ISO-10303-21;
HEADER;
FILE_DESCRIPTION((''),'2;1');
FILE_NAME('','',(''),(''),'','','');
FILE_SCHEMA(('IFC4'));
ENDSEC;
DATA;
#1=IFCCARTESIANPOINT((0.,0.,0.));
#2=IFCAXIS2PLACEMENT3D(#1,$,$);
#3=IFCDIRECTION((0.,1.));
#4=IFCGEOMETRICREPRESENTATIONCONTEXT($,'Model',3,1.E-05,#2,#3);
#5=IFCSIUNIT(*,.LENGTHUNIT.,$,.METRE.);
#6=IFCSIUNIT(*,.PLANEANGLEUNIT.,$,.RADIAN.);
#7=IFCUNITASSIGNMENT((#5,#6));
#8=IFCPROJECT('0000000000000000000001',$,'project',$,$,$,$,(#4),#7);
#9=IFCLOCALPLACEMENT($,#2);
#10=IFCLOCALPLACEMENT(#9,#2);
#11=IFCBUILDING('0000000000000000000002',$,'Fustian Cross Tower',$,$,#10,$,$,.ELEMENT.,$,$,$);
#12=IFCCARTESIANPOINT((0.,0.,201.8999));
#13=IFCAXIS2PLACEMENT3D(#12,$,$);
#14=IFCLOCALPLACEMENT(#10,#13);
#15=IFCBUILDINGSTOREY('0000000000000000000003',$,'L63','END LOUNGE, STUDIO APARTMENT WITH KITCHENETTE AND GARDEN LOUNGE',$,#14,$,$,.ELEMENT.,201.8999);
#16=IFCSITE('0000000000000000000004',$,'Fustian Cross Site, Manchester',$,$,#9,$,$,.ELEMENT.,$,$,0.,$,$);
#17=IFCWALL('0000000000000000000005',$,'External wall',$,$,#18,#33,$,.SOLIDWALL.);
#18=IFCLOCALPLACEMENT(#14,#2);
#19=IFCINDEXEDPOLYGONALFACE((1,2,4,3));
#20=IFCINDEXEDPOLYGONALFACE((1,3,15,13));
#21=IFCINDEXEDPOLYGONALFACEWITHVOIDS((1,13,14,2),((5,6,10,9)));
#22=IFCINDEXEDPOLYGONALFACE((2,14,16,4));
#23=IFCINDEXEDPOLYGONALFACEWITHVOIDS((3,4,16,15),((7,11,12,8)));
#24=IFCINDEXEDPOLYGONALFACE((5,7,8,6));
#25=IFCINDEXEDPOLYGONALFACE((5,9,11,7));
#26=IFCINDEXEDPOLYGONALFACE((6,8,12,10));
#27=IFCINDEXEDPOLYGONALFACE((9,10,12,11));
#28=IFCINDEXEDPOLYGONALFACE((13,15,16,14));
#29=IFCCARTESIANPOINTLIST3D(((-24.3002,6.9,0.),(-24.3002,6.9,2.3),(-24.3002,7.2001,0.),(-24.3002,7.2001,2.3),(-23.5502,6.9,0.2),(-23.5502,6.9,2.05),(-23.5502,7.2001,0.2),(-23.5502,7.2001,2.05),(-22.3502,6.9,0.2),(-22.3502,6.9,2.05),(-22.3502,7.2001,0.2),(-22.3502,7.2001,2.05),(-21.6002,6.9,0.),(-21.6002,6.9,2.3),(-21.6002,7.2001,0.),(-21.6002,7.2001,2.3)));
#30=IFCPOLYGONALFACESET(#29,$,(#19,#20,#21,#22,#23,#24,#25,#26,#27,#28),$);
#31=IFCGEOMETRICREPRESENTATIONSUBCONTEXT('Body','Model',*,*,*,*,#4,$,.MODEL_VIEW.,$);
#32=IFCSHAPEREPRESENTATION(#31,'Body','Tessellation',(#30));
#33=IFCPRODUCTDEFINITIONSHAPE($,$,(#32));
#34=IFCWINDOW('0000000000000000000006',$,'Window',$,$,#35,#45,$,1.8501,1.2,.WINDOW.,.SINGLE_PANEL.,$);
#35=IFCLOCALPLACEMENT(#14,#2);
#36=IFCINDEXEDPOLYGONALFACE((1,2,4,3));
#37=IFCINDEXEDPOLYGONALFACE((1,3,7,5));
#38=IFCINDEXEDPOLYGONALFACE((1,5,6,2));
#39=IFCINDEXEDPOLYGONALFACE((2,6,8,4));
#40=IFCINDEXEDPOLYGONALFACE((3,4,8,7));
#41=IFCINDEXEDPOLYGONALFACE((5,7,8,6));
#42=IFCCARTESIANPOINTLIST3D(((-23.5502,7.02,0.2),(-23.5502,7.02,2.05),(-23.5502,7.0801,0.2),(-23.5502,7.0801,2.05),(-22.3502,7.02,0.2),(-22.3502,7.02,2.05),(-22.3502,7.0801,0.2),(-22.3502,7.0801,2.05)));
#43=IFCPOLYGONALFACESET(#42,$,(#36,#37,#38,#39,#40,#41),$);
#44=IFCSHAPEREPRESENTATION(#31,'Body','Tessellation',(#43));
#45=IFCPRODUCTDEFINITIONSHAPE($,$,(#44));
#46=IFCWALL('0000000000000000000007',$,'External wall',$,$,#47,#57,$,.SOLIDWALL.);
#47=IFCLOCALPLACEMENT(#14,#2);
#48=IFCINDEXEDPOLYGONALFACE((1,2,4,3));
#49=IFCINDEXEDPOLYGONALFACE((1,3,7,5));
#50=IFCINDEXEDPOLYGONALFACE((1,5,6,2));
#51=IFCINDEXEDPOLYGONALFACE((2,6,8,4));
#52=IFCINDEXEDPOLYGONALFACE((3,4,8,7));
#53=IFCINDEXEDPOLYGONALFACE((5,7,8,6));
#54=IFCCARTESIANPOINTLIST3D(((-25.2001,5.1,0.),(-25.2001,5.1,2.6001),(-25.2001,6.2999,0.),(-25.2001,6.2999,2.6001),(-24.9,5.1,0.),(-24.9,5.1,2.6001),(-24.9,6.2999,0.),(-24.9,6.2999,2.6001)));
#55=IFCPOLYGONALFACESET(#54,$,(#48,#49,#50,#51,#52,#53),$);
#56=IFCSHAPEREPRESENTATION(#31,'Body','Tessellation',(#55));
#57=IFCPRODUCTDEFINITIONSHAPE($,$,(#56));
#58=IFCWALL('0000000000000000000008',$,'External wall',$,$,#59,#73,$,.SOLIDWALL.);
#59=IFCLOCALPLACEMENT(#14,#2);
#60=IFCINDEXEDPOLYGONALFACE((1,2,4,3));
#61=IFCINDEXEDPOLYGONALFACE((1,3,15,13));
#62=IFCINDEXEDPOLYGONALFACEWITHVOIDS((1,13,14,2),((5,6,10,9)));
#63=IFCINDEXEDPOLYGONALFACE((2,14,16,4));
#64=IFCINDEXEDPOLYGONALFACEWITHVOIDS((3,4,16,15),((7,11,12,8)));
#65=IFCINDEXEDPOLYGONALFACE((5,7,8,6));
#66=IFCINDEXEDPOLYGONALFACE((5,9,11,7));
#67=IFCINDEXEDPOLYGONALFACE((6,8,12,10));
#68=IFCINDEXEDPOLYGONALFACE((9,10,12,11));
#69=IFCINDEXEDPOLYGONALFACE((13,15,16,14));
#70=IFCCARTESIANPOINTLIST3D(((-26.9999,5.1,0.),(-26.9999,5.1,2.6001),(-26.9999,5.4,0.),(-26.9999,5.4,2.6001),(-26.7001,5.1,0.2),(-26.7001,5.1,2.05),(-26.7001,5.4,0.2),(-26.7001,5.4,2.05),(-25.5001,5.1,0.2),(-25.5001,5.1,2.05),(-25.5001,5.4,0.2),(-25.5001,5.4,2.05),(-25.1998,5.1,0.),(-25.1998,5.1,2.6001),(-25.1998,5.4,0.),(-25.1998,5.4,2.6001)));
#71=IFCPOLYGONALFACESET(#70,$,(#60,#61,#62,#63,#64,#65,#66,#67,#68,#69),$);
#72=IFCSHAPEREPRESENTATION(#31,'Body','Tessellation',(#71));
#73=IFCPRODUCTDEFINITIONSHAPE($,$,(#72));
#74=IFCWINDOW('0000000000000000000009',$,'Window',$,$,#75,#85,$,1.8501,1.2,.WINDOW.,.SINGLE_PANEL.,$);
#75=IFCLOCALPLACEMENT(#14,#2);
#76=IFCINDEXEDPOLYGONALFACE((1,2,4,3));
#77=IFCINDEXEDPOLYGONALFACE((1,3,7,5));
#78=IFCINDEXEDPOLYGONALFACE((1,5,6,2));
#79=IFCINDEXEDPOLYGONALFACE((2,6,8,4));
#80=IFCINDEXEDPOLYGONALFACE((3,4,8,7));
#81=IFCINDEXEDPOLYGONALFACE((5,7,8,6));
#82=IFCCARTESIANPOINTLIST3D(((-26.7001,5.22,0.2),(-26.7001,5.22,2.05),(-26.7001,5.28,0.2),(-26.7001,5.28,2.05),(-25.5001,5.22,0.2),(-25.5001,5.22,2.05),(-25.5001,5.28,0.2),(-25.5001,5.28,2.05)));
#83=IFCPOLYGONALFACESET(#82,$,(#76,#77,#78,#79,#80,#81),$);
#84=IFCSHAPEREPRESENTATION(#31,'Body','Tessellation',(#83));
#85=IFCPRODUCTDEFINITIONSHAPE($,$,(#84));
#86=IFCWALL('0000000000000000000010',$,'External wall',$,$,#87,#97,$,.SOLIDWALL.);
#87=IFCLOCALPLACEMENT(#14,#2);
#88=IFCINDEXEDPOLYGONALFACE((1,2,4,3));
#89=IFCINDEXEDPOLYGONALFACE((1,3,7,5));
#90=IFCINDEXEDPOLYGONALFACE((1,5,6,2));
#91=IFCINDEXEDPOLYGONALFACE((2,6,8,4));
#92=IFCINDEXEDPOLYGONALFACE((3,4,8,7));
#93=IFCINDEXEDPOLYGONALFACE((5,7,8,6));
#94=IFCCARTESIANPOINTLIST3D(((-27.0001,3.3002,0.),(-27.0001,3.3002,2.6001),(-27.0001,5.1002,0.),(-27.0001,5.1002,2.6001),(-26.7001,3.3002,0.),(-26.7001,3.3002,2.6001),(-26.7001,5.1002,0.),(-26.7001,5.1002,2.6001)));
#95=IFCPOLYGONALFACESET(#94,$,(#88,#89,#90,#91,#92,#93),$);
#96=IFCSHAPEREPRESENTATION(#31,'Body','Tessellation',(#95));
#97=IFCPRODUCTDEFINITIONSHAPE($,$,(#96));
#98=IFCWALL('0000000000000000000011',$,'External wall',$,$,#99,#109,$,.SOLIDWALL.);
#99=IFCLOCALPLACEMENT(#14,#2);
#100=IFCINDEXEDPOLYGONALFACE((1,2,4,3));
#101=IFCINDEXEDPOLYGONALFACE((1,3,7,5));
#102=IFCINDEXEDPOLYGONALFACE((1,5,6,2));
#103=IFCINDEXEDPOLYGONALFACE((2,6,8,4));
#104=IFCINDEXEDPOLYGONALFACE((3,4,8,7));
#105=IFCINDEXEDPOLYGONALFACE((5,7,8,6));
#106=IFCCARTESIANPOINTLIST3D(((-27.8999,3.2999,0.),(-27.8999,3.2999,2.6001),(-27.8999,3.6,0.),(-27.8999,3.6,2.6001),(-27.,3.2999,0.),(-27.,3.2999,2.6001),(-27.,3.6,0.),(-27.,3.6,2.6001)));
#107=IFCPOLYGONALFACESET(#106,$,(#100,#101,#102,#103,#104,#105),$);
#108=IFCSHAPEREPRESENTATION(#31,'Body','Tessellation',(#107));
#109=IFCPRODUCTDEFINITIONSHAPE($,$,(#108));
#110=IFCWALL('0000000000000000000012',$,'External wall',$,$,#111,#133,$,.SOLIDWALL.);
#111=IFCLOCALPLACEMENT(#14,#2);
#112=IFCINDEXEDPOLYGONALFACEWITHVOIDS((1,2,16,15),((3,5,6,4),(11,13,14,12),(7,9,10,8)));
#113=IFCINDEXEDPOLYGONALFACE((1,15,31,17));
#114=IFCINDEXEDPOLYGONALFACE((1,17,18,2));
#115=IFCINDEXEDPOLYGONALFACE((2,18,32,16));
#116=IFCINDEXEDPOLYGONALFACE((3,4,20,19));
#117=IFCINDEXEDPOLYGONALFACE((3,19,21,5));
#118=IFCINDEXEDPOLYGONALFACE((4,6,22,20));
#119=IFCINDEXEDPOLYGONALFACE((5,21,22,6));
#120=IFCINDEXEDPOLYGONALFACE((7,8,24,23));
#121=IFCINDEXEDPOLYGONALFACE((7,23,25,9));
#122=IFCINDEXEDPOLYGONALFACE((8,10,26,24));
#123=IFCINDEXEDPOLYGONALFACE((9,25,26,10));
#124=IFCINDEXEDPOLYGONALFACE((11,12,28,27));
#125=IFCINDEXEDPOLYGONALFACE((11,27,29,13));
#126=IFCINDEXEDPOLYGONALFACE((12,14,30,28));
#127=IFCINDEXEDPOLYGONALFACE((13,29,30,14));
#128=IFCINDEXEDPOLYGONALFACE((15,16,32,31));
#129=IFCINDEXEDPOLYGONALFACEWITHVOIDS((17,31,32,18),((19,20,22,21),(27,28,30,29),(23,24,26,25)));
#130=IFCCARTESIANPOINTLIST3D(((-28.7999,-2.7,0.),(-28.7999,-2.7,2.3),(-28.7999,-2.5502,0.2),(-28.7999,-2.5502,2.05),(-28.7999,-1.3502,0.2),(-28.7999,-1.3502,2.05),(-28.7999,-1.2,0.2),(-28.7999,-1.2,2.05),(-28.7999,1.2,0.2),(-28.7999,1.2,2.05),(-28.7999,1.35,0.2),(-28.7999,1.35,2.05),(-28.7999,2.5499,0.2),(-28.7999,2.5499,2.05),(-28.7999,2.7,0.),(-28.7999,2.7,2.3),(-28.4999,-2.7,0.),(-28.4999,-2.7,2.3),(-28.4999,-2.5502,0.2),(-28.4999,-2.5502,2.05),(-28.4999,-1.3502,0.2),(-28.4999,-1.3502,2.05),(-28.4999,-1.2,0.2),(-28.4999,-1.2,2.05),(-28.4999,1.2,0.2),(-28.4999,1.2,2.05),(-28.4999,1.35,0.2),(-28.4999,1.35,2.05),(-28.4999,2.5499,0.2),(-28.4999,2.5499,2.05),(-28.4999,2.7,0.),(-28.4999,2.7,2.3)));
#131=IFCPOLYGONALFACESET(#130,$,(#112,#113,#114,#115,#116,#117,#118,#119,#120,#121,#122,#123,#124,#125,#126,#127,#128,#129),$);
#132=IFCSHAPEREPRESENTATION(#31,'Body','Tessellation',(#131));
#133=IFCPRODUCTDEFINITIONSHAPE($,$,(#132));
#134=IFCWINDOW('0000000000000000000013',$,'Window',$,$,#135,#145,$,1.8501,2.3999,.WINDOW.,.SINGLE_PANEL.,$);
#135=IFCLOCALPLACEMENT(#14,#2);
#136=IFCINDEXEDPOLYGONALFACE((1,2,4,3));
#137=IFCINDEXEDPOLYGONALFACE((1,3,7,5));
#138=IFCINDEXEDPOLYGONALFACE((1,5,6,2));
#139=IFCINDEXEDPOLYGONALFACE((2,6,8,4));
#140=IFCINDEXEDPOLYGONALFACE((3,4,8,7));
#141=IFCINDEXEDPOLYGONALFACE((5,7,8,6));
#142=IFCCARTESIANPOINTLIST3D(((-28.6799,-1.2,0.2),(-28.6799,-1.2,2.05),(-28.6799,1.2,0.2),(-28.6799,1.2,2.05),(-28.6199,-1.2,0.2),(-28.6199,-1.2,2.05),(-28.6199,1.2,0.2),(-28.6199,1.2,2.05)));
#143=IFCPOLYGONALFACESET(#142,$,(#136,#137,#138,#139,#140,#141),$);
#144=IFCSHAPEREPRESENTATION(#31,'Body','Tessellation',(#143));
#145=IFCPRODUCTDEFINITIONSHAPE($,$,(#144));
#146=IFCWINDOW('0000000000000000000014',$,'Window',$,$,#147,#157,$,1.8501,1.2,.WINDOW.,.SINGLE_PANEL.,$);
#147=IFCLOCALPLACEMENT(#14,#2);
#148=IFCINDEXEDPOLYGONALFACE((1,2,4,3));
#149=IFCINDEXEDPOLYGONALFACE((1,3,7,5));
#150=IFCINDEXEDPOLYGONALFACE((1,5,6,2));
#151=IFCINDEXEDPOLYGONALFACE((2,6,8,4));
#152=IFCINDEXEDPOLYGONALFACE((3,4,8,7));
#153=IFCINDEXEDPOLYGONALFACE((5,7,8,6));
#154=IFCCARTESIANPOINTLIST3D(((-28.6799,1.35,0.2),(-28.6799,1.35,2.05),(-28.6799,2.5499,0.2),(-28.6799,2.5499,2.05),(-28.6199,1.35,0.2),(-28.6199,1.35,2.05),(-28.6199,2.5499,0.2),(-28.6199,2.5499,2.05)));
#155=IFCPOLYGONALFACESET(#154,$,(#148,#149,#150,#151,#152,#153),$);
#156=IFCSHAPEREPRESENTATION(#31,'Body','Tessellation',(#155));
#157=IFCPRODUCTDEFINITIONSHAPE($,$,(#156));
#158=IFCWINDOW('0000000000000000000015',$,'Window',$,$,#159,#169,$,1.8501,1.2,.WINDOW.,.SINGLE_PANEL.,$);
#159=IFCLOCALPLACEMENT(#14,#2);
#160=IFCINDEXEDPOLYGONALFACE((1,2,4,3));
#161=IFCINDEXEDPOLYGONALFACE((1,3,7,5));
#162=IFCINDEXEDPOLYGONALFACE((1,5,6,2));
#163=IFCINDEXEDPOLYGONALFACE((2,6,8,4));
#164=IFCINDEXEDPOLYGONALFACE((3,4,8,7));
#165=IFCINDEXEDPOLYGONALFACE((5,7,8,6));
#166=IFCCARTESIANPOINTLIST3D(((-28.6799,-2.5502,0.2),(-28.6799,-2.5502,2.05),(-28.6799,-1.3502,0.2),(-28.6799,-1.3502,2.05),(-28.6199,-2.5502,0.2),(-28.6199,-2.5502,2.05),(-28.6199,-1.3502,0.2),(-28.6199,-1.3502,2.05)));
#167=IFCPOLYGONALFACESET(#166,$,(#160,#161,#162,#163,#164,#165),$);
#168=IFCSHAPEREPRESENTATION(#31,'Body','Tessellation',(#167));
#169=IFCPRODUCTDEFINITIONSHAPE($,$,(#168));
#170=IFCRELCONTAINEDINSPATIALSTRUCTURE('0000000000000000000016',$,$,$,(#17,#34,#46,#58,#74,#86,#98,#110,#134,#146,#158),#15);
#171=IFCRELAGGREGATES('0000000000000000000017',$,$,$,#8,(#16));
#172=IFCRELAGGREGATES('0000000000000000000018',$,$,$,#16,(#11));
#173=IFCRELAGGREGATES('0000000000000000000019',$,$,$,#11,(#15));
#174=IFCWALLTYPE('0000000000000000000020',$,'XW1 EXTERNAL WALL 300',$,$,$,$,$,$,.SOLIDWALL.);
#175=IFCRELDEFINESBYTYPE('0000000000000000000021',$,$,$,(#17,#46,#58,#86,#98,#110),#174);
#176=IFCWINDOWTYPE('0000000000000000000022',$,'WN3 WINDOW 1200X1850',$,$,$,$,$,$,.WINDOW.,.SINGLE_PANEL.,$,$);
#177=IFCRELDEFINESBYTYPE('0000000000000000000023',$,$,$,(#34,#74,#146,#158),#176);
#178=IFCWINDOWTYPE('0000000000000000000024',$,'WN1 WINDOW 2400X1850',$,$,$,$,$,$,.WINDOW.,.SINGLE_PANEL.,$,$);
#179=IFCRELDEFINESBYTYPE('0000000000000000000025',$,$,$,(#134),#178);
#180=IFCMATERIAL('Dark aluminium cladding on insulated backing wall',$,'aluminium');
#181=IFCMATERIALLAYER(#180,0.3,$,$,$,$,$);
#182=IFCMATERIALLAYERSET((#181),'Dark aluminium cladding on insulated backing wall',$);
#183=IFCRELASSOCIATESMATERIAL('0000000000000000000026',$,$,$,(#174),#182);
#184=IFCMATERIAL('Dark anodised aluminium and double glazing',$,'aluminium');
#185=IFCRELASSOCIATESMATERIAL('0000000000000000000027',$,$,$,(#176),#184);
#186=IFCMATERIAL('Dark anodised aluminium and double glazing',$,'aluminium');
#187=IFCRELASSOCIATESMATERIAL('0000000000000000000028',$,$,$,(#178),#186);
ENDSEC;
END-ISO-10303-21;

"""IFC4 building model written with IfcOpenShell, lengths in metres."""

from ifc_helpers import new_model, si_unit, direction, frame, frame_2d, origin, place, context, subcontext, project, spatial, rectangle, extrude, material, layer, layer_set, type_object, element, fill, save


model = new_model("IFC4")

# Units and contexts
model_context = context("Model", 3, precision=1e-05, world=origin(), true_north=direction((0.0, 1.0)))
body_context = subcontext(model_context, "Body", "Model", "MODEL_VIEW")
ifc_project = project(units=[si_unit("LENGTHUNIT", "METRE"), si_unit("PLANEANGLEUNIT", "RADIAN")], contexts=[model_context])

# Site, building, storey
site_placement = place(None, origin())
site = spatial("IfcSite", under=ifc_project, at=site_placement, Name="Fustian Cross Site, Manchester", CompositionType="ELEMENT", RefElevation=0.0)
building_placement = place(site_placement, origin())
building = spatial("IfcBuilding", under=site, at=building_placement, Name="Fustian Cross Tower", CompositionType="ELEMENT")
storey_placement = place(building_placement, frame((0.0, 0.0, 201.8999)))
storey = spatial("IfcBuildingStorey", under=building, at=storey_placement, Name="L63", Description="END LOUNGE, STUDIO APARTMENT WITH KITCHENETTE AND GARDEN LOUNGE", CompositionType="ELEMENT", Elevation=201.8999)

# Wall, opening, window
ifc_material_1 = material(Name="Dark aluminium cladding on insulated backing wall", Category="aluminium")
ifc_layer_1 = layer(ifc_material_1, 0.3)
ifc_layer_set_1 = layer_set([ifc_layer_1], Name="Dark aluminium cladding on insulated backing wall")
wall_type_1 = type_object("IfcWallType", Name="XW1 EXTERNAL WALL 300", PredefinedType="SOLIDWALL", material=ifc_layer_set_1)
wall_1_placement = place(storey_placement, frame((-21.6001, 7.05, 0.0), z_axis=(0.0, 0.0, 1.0), x_axis=(-1.0, 0.0, 0.0)))
wall_1 = element("IfcWall", 1, at=wall_1_placement, inside=storey, type_object=wall_type_1, Name="External wall", PredefinedType="SOLIDWALL", context=body_context, shape_type="SweptSolid", body=[
    extrude(rectangle(XDim=2.7, YDim=0.3, at=frame_2d((1.3501, 0.0))), origin(), (0.0, 0.0, 1.0), 2.3),
])
opening_1_placement = place(wall_1_placement, frame((0.75, 0.0, 0.2)))
opening_1 = element("IfcOpeningElement", 2, at=opening_1_placement, cuts=wall_1, PredefinedType="OPENING", context=body_context, shape_type="SweptSolid", body=[
    extrude(rectangle(XDim=1.2, YDim=1.8501, at=frame_2d((0.6001, 0.925))), frame((0.0, 0.1599, 0.0), z_axis=(0.0, -1.0, 0.0), x_axis=(1.0, 0.0, 0.0)), (0.0, 0.0, 1.0), 0.3201),
])
ifc_material_2 = material(Name="Dark anodised aluminium and double glazing", Category="aluminium")
window_type_1 = type_object("IfcWindowType", Name="WN3 WINDOW 1200X1850", PartitioningType="SINGLE_PANEL", PredefinedType="WINDOW", material=ifc_material_2)
window_1_placement = place(opening_1_placement, origin())
window_1 = element("IfcWindow", 3, at=window_1_placement, inside=storey, type_object=window_type_1, Name="Window", OverallHeight=1.8501, OverallWidth=1.2, PartitioningType="SINGLE_PANEL", PredefinedType="WINDOW", context=body_context, shape_type="SweptSolid", body=[
    extrude(rectangle(XDim=1.2, YDim=1.8501, at=frame_2d((0.6001, 0.925))), frame((0.0, 0.03, 0.0), z_axis=(0.0, -1.0, 0.0), x_axis=(1.0, 0.0, 0.0)), (0.0, 0.0, 1.0), 0.0601),
])
fill(opening_1, window_1)

# Wall
wall_2_placement = place(storey_placement, frame((-25.05, 6.3, 0.0), z_axis=(0.0, 0.0, 1.0), x_axis=(0.0, -1.0, 0.0)))
element("IfcWall", 4, at=wall_2_placement, inside=storey, type_object=wall_type_1, Name="External wall", PredefinedType="SOLIDWALL", context=body_context, shape_type="SweptSolid", body=[
    extrude(rectangle(XDim=1.2, YDim=0.3, at=frame_2d((0.6001, 0.0))), origin(), (0.0, 0.0, 1.0), 2.6001),
])

# Wall, opening, window
wall_3_placement = place(storey_placement, frame((-25.2, 5.25, 0.0), z_axis=(0.0, 0.0, 1.0), x_axis=(-1.0, 0.0, 0.0)))
wall_3 = element("IfcWall", 5, at=wall_3_placement, inside=storey, type_object=wall_type_1, Name="External wall", PredefinedType="SOLIDWALL", context=body_context, shape_type="SweptSolid", body=[
    extrude(rectangle(XDim=1.8, YDim=0.3, at=frame_2d((0.8999, 0.0))), origin(), (0.0, 0.0, 1.0), 2.6001),
])
opening_2_placement = place(wall_3_placement, frame((0.3, 0.0, 0.2)))
opening_2 = element("IfcOpeningElement", 6, at=opening_2_placement, cuts=wall_3, PredefinedType="OPENING", context=body_context, shape_type="SweptSolid", body=[
    extrude(rectangle(XDim=1.2, YDim=1.8501, at=frame_2d((0.6001, 0.925))), frame((0.0, 0.1599, 0.0), z_axis=(0.0, -1.0, 0.0), x_axis=(1.0, 0.0, 0.0)), (0.0, 0.0, 1.0), 0.3201),
])
window_2_placement = place(opening_2_placement, origin())
window_2 = element("IfcWindow", 7, at=window_2_placement, inside=storey, type_object=window_type_1, Name="Window", OverallHeight=1.8501, OverallWidth=1.2, PartitioningType="SINGLE_PANEL", PredefinedType="WINDOW", context=body_context, shape_type="SweptSolid", body=[
    extrude(rectangle(XDim=1.2, YDim=1.8501, at=frame_2d((0.6001, 0.925))), frame((0.0, 0.03, 0.0), z_axis=(0.0, -1.0, 0.0), x_axis=(1.0, 0.0, 0.0)), (0.0, 0.0, 1.0), 0.0601),
])
fill(opening_2, window_2)

# Walls
wall_4_placement = place(storey_placement, frame((-26.8501, 5.1001, 0.0), z_axis=(0.0, 0.0, 1.0), x_axis=(0.0, -1.0, 0.0)))
element("IfcWall", 8, at=wall_4_placement, inside=storey, type_object=wall_type_1, Name="External wall", PredefinedType="SOLIDWALL", context=body_context, shape_type="SweptSolid", body=[
    extrude(rectangle(XDim=1.8, YDim=0.3, at=frame_2d((0.8999, 0.0))), origin(), (0.0, 0.0, 1.0), 2.6001),
])
wall_5_placement = place(storey_placement, frame((-27.0, 3.45, 0.0), z_axis=(0.0, 0.0, 1.0), x_axis=(-1.0, 0.0, 0.0)))
element("IfcWall", 9, at=wall_5_placement, inside=storey, type_object=wall_type_1, Name="External wall", PredefinedType="SOLIDWALL", context=body_context, shape_type="SweptSolid", body=[
    extrude(rectangle(XDim=0.8999, YDim=0.3, at=frame_2d((0.45, 0.0))), origin(), (0.0, 0.0, 1.0), 2.6001),
])

# Wall, openings, windows
wall_6_placement = place(storey_placement, frame((-28.6499, 2.7, 0.0), z_axis=(0.0, 0.0, 1.0), x_axis=(0.0, -1.0, 0.0)))
wall_6 = element("IfcWall", 10, at=wall_6_placement, inside=storey, type_object=wall_type_1, Name="External wall", PredefinedType="SOLIDWALL", context=body_context, shape_type="SweptSolid", body=[
    extrude(rectangle(XDim=5.3999, YDim=0.3, at=frame_2d((2.7, 0.0))), origin(), (0.0, 0.0, 1.0), 2.3),
])
opening_3_placement = place(wall_6_placement, frame((1.5, 0.0, 0.2)))
opening_3 = element("IfcOpeningElement", 11, at=opening_3_placement, cuts=wall_6, PredefinedType="OPENING", context=body_context, shape_type="SweptSolid", body=[
    extrude(rectangle(XDim=2.3999, YDim=1.8501, at=frame_2d((1.2, 0.925))), frame((0.0, 0.1599, 0.0), z_axis=(0.0, -1.0, 0.0), x_axis=(1.0, 0.0, 0.0)), (0.0, 0.0, 1.0), 0.3201),
])
opening_4_placement = place(wall_6_placement, frame((0.1499, 0.0, 0.2)))
opening_4 = element("IfcOpeningElement", 12, at=opening_4_placement, cuts=wall_6, PredefinedType="OPENING", context=body_context, shape_type="SweptSolid", body=[
    extrude(rectangle(XDim=1.2, YDim=1.8501, at=frame_2d((0.6001, 0.925))), frame((0.0, 0.1599, 0.0), z_axis=(0.0, -1.0, 0.0), x_axis=(1.0, 0.0, 0.0)), (0.0, 0.0, 1.0), 0.3201),
])
opening_5_placement = place(wall_6_placement, frame((4.05, 0.0, 0.2)))
opening_5 = element("IfcOpeningElement", 13, at=opening_5_placement, cuts=wall_6, PredefinedType="OPENING", context=body_context, shape_type="SweptSolid", body=[
    extrude(rectangle(XDim=1.2, YDim=1.8501, at=frame_2d((0.6001, 0.925))), frame((0.0, 0.1599, 0.0), z_axis=(0.0, -1.0, 0.0), x_axis=(1.0, 0.0, 0.0)), (0.0, 0.0, 1.0), 0.3201),
])
ifc_material_3 = material(Name="Dark anodised aluminium and double glazing", Category="aluminium")
window_type_2 = type_object("IfcWindowType", Name="WN1 WINDOW 2400X1850", PartitioningType="SINGLE_PANEL", PredefinedType="WINDOW", material=ifc_material_3)
window_3_placement = place(opening_3_placement, origin())
window_3 = element("IfcWindow", 14, at=window_3_placement, inside=storey, type_object=window_type_2, Name="Window", OverallHeight=1.8501, OverallWidth=2.3999, PartitioningType="SINGLE_PANEL", PredefinedType="WINDOW", context=body_context, shape_type="SweptSolid", body=[
    extrude(rectangle(XDim=2.3999, YDim=1.8501, at=frame_2d((1.2, 0.925))), frame((0.0, 0.03, 0.0), z_axis=(0.0, -1.0, 0.0), x_axis=(1.0, 0.0, 0.0)), (0.0, 0.0, 1.0), 0.0601),
])
fill(opening_3, window_3)
window_4_placement = place(opening_4_placement, origin())
window_4 = element("IfcWindow", 15, at=window_4_placement, inside=storey, type_object=window_type_1, Name="Window", OverallHeight=1.8501, OverallWidth=1.2, PartitioningType="SINGLE_PANEL", PredefinedType="WINDOW", context=body_context, shape_type="SweptSolid", body=[
    extrude(rectangle(XDim=1.2, YDim=1.8501, at=frame_2d((0.6001, 0.925))), frame((0.0, 0.03, 0.0), z_axis=(0.0, -1.0, 0.0), x_axis=(1.0, 0.0, 0.0)), (0.0, 0.0, 1.0), 0.0601),
])
fill(opening_4, window_4)
window_5_placement = place(opening_5_placement, origin())
window_5 = element("IfcWindow", 16, at=window_5_placement, inside=storey, type_object=window_type_1, Name="Window", OverallHeight=1.8501, OverallWidth=1.2, PartitioningType="SINGLE_PANEL", PredefinedType="WINDOW", context=body_context, shape_type="SweptSolid", body=[
    extrude(rectangle(XDim=1.2, YDim=1.8501, at=frame_2d((0.6001, 0.925))), frame((0.0, 0.03, 0.0), z_axis=(0.0, -1.0, 0.0), x_axis=(1.0, 0.0, 0.0)), (0.0, 0.0, 1.0), 0.0601),
])
fill(opening_5, window_5)

save(model, "model.ifc")
